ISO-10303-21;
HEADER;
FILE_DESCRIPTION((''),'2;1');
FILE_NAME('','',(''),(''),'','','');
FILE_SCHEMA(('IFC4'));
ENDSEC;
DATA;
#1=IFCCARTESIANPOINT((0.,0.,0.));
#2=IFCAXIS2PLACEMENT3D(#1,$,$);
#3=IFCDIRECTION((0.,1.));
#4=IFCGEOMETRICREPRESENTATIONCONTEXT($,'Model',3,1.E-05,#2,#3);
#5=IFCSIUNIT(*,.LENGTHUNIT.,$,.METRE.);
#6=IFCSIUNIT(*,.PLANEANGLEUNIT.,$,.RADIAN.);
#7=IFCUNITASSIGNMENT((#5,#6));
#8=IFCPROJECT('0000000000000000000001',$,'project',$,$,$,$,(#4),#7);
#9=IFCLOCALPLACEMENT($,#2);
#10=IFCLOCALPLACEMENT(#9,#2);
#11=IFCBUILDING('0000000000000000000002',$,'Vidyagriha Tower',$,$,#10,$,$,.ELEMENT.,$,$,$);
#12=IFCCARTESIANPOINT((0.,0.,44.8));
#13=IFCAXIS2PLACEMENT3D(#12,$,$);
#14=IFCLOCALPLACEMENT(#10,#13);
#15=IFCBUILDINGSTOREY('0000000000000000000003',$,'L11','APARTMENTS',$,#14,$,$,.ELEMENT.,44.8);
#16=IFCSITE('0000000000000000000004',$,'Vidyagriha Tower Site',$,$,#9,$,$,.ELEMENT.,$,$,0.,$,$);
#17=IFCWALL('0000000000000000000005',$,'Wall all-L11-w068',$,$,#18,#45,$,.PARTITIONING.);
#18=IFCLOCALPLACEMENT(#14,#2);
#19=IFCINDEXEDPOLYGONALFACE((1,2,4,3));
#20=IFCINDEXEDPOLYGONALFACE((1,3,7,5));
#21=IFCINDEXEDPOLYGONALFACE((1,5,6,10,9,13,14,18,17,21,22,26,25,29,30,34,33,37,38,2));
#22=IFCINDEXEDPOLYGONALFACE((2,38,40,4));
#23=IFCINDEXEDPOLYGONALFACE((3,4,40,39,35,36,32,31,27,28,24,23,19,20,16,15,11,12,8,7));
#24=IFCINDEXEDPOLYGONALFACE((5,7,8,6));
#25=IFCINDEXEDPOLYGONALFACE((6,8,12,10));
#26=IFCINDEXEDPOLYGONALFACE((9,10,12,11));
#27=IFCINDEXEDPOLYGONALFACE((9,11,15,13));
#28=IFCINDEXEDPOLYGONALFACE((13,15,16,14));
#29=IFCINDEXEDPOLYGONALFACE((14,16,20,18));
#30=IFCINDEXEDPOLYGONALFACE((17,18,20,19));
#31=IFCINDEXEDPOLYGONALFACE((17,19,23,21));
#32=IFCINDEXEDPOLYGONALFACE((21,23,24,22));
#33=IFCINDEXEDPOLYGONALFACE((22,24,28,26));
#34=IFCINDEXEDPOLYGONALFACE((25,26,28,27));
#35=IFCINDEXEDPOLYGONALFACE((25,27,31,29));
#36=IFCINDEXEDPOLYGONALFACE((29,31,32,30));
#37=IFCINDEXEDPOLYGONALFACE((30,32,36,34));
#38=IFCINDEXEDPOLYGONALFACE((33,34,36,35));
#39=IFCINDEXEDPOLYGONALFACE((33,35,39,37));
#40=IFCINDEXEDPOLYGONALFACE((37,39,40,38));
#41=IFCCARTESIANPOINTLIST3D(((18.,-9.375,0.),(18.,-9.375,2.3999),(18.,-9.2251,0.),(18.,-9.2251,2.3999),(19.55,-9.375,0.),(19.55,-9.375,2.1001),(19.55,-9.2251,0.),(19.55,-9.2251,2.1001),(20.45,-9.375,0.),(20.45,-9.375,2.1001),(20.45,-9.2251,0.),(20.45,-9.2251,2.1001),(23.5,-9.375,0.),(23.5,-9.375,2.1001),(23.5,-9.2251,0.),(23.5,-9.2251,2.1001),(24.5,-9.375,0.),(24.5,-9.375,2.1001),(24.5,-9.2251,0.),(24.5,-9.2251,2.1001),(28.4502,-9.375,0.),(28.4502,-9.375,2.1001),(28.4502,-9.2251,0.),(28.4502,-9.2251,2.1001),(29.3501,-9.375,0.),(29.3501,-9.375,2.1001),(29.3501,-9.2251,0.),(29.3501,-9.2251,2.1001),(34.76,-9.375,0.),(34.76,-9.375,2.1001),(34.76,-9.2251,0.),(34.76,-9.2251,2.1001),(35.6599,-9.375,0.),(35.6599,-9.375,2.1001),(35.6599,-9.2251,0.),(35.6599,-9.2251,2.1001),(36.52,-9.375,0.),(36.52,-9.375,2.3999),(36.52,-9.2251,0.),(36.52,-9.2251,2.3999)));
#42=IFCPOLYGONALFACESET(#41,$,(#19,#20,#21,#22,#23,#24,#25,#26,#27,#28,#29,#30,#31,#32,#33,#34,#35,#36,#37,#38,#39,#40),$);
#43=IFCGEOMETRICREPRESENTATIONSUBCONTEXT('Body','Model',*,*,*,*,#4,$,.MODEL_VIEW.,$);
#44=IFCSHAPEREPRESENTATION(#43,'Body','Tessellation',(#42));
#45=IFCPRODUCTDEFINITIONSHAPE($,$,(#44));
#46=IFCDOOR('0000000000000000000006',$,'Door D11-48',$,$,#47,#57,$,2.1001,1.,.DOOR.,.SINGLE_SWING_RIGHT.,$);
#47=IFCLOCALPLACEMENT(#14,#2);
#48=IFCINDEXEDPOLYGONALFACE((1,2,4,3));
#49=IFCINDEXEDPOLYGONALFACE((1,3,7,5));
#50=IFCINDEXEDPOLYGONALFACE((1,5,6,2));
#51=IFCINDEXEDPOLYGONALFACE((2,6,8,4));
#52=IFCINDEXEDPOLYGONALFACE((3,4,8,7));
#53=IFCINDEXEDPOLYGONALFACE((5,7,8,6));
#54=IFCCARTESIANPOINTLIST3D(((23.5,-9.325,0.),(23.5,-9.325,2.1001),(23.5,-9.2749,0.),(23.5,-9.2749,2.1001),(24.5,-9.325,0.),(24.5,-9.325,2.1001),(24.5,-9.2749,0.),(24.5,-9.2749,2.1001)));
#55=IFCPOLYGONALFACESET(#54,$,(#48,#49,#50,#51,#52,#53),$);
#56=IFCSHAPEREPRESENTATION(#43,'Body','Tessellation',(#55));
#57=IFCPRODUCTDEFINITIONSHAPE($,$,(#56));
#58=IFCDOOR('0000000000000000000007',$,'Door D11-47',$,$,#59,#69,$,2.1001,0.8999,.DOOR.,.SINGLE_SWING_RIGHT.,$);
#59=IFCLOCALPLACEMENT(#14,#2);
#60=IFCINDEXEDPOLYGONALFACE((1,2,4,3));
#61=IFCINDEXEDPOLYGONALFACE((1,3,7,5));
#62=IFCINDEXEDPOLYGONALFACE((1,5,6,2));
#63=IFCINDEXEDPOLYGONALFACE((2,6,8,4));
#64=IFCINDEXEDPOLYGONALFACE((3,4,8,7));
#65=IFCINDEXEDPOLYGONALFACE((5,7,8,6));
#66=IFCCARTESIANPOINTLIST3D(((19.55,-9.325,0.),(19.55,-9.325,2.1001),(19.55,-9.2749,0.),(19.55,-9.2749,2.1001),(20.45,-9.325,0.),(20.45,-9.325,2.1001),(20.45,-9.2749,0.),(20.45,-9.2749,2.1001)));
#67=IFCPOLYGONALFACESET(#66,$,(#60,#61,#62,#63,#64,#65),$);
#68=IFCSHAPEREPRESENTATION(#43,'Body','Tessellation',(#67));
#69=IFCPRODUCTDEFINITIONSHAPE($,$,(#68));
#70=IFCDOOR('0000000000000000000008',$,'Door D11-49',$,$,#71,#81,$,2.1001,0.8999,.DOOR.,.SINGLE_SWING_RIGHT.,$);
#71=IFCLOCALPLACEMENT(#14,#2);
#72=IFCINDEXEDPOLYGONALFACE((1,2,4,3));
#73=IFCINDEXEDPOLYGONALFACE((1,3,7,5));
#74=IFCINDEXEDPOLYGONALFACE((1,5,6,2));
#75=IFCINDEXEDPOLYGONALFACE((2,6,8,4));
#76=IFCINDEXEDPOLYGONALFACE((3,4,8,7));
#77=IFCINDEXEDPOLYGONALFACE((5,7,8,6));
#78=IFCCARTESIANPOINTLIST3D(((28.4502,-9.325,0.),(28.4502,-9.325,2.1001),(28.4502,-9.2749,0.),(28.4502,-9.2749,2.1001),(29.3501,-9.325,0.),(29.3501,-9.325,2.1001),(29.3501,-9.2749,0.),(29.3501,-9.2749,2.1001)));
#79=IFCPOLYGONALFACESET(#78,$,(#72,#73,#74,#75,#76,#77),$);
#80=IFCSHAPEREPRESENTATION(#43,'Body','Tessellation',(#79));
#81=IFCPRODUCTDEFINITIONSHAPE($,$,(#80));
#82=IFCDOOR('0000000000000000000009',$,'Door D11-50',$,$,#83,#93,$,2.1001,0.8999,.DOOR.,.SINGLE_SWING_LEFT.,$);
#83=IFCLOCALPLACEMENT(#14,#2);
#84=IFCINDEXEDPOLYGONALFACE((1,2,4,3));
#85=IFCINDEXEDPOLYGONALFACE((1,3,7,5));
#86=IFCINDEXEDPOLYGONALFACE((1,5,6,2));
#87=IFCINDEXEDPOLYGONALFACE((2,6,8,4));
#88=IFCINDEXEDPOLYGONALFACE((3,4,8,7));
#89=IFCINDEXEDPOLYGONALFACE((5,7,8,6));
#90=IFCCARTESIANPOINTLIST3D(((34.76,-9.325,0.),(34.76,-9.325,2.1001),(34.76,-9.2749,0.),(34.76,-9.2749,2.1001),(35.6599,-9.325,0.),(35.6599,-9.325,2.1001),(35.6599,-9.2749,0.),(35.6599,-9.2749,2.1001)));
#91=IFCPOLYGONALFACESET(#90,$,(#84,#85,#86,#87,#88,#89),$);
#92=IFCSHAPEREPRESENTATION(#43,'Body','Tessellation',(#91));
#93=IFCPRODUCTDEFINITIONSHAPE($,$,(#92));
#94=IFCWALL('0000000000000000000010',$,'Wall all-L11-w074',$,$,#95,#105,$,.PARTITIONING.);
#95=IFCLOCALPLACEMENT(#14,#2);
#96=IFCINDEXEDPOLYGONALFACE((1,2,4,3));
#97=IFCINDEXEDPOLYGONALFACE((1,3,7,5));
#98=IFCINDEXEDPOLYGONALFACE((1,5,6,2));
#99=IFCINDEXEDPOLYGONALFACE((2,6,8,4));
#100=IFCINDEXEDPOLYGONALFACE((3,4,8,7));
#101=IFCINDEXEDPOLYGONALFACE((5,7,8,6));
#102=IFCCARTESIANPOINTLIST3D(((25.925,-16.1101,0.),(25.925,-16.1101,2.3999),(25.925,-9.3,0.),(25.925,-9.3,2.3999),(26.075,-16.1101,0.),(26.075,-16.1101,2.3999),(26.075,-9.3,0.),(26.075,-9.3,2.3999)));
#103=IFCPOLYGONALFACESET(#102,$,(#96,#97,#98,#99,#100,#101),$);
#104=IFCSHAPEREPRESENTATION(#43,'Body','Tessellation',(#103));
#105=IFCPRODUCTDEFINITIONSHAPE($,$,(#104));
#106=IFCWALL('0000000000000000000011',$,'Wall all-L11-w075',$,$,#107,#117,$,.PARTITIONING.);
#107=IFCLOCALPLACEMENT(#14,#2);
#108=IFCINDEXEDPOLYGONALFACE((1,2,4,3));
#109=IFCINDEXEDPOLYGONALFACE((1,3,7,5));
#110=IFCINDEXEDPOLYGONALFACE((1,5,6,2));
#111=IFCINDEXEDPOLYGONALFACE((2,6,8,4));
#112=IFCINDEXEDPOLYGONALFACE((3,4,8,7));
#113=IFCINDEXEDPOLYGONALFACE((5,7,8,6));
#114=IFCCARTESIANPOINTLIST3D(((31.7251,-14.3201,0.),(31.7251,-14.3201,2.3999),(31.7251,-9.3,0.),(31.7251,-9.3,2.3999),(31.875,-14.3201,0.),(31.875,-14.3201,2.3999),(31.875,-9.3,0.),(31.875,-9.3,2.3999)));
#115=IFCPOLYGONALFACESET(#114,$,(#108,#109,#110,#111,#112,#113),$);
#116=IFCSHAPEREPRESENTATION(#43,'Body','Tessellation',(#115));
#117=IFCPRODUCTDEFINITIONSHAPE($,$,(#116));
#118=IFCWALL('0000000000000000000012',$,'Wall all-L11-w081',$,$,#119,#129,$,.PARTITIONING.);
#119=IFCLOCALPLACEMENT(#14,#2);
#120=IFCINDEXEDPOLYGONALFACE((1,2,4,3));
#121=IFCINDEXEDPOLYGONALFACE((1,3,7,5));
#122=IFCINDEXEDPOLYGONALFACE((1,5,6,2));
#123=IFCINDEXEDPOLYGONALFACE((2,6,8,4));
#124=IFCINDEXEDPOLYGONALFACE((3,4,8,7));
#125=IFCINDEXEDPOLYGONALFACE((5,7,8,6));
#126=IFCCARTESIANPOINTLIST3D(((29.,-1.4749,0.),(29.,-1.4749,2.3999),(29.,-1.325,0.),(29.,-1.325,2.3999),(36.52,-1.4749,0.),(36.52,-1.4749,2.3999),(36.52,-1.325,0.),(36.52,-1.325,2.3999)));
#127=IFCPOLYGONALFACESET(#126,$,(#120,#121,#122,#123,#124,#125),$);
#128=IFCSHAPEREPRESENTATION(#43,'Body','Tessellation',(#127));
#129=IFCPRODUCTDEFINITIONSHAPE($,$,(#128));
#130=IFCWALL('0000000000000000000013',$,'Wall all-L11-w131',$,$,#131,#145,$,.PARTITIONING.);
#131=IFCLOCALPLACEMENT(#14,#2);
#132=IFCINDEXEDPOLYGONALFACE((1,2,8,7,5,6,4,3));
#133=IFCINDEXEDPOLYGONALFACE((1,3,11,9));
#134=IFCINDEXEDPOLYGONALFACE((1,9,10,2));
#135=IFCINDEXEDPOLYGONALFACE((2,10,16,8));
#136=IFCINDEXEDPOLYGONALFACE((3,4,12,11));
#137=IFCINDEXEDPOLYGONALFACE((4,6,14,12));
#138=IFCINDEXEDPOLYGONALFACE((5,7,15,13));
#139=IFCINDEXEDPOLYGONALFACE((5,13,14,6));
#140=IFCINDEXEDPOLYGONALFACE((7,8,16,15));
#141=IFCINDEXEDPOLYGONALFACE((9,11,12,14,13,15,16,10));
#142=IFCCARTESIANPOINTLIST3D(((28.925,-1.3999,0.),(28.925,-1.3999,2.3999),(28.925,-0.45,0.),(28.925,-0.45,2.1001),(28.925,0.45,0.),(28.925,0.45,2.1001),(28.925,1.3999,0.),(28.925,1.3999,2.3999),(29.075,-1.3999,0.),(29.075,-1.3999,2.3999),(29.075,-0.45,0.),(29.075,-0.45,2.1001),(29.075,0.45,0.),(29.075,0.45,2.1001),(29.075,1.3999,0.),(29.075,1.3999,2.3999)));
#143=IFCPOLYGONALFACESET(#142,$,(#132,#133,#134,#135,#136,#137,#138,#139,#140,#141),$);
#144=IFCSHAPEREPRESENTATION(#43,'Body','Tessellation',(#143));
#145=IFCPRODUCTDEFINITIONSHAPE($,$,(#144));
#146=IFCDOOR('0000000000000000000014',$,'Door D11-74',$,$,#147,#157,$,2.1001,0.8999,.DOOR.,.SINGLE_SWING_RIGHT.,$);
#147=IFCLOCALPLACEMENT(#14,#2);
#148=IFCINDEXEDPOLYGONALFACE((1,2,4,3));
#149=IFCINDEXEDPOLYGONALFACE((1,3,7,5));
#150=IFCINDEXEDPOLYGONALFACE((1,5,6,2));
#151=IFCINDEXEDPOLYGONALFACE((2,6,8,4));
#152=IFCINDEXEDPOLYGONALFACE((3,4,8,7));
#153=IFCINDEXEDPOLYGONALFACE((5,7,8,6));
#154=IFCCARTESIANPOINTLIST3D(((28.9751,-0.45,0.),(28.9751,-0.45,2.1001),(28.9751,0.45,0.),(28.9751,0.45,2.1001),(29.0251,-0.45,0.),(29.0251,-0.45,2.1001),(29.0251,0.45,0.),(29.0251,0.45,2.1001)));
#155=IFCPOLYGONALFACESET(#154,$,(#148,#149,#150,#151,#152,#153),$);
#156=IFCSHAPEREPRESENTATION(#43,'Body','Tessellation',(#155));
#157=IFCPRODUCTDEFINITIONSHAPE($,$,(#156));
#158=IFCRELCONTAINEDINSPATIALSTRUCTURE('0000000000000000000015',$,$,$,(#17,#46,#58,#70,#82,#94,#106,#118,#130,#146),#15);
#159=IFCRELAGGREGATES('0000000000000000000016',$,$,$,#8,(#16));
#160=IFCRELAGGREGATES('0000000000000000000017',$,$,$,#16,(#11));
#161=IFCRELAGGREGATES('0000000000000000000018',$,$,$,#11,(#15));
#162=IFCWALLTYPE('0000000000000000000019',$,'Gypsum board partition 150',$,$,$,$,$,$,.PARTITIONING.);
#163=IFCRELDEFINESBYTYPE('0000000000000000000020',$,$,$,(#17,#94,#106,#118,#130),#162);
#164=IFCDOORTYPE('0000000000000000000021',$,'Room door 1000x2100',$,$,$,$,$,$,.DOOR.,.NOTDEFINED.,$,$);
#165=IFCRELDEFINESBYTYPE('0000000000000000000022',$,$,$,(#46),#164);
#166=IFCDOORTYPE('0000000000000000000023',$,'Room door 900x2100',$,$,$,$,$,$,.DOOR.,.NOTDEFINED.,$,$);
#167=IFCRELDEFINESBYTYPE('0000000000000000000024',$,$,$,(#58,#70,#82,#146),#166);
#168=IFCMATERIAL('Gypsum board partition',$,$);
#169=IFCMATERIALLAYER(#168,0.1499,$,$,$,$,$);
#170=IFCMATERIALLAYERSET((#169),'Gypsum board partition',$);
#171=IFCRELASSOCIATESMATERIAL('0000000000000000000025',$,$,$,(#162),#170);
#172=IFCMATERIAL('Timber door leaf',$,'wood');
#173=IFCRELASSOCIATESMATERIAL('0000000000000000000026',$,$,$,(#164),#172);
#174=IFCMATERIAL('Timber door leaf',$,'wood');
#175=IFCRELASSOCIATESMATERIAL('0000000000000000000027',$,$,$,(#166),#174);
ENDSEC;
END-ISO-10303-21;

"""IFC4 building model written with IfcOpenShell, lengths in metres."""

from ifc_helpers import new_model, si_unit, direction, frame, frame_2d, origin, place, context, subcontext, project, spatial, rectangle, extrude, material, layer, layer_set, type_object, element, fill, save


model = new_model("IFC4")

# Units and contexts
model_context = context("Model", 3, precision=1e-05, world=origin(), true_north=direction((0.0, 1.0)))
body_context = subcontext(model_context, "Body", "Model", "MODEL_VIEW")
ifc_project = project(units=[si_unit("LENGTHUNIT", "METRE"), si_unit("PLANEANGLEUNIT", "RADIAN")], contexts=[model_context])

# Site, building, storey
site_placement = place(None, origin())
site = spatial("IfcSite", under=ifc_project, at=site_placement, Name="Vidyagriha Tower Site", CompositionType="ELEMENT", RefElevation=0.0)
building_placement = place(site_placement, origin())
building = spatial("IfcBuilding", under=site, at=building_placement, Name="Vidyagriha Tower", CompositionType="ELEMENT")
storey_placement = place(building_placement, frame((0.0, 0.0, 44.8)))
storey = spatial("IfcBuildingStorey", under=building, at=storey_placement, Name="L11", Description="APARTMENTS", CompositionType="ELEMENT", Elevation=44.8)

# Shared definitions
ifc_material_1 = material(Name="Gypsum board partition")
ifc_layer_1 = layer(ifc_material_1, 0.1499)
ifc_layer_set_1 = layer_set([ifc_layer_1], Name="Gypsum board partition")
wall_type_1 = type_object("IfcWallType", Name="Gypsum board partition 150", PredefinedType="PARTITIONING", material=ifc_layer_set_1)

# Wall, openings, doors
wall_1_placement = place(storey_placement, frame((36.52, -9.3, 0.0), z_axis=(0.0, 0.0, 1.0), x_axis=(-1.0, 0.0, 0.0)))
wall_1 = element("IfcWall", 1, at=wall_1_placement, inside=storey, type_object=wall_type_1, Name="Wall all-L11-w068", PredefinedType="PARTITIONING", context=body_context, shape_type="SweptSolid", body=[
    extrude(rectangle(XDim=18.52, YDim=0.1499, at=frame_2d((9.26, 0.0))), origin(), (0.0, 0.0, 1.0), 2.3999),
])
opening_1_placement = place(wall_1_placement, frame((16.0701, 0.0, 0.0)))
opening_1 = element("IfcOpeningElement", 2, at=opening_1_placement, cuts=wall_1, PredefinedType="OPENING", context=body_context, shape_type="SweptSolid", body=[
    extrude(rectangle(XDim=0.8999, YDim=2.1001, at=frame_2d((0.45, 1.05))), frame((0.0, 0.085, 0.0), z_axis=(0.0, -1.0, 0.0), x_axis=(1.0, 0.0, 0.0)), (0.0, 0.0, 1.0), 0.1699),
])
opening_2_placement = place(wall_1_placement, frame((12.02, 0.0, 0.0)))
opening_2 = element("IfcOpeningElement", 3, at=opening_2_placement, cuts=wall_1, PredefinedType="OPENING", context=body_context, shape_type="SweptSolid", body=[
    extrude(rectangle(XDim=1.0, YDim=2.1001, at=frame_2d((0.5, 1.05))), frame((0.0, 0.085, 0.0), z_axis=(0.0, -1.0, 0.0), x_axis=(1.0, 0.0, 0.0)), (0.0, 0.0, 1.0), 0.1699),
])
opening_3_placement = place(wall_1_placement, frame((7.1699, 0.0, 0.0)))
opening_3 = element("IfcOpeningElement", 4, at=opening_3_placement, cuts=wall_1, PredefinedType="OPENING", context=body_context, shape_type="SweptSolid", body=[
    extrude(rectangle(XDim=0.8999, YDim=2.1001, at=frame_2d((0.45, 1.05))), frame((0.0, 0.085, 0.0), z_axis=(0.0, -1.0, 0.0), x_axis=(1.0, 0.0, 0.0)), (0.0, 0.0, 1.0), 0.1699),
])
opening_4_placement = place(wall_1_placement, frame((0.8601, 0.0, 0.0)))
opening_4 = element("IfcOpeningElement", 5, at=opening_4_placement, cuts=wall_1, PredefinedType="OPENING", context=body_context, shape_type="SweptSolid", body=[
    extrude(rectangle(XDim=0.8999, YDim=2.1001, at=frame_2d((0.45, 1.05))), frame((0.0, 0.085, 0.0), z_axis=(0.0, -1.0, 0.0), x_axis=(1.0, 0.0, 0.0)), (0.0, 0.0, 1.0), 0.1699),
])
ifc_material_2 = material(Name="Timber door leaf", Category="wood")
door_type_1 = type_object("IfcDoorType", Name="Room door 1000x2100", OperationType="NOTDEFINED", PredefinedType="DOOR", material=ifc_material_2)
door_1_placement = place(opening_2_placement, origin())
door_1 = element("IfcDoor", 6, at=door_1_placement, inside=storey, type_object=door_type_1, Name="Door D11-48", OperationType="SINGLE_SWING_RIGHT", OverallHeight=2.1001, OverallWidth=1.0, PredefinedType="DOOR", context=body_context, shape_type="SweptSolid", body=[
    extrude(rectangle(XDim=1.0, YDim=2.1001, at=frame_2d((0.5, 1.05))), frame((0.0, 0.0249, 0.0), z_axis=(0.0, -1.0, 0.0), x_axis=(1.0, 0.0, 0.0)), (0.0, 0.0, 1.0), 0.05),
])
fill(opening_2, door_1)
ifc_material_3 = material(Name="Timber door leaf", Category="wood")
door_type_2 = type_object("IfcDoorType", Name="Room door 900x2100", OperationType="NOTDEFINED", PredefinedType="DOOR", material=ifc_material_3)
door_2_placement = place(opening_1_placement, origin())
door_2 = element("IfcDoor", 7, at=door_2_placement, inside=storey, type_object=door_type_2, Name="Door D11-47", OperationType="SINGLE_SWING_RIGHT", OverallHeight=2.1001, OverallWidth=0.8999, PredefinedType="DOOR", context=body_context, shape_type="SweptSolid", body=[
    extrude(rectangle(XDim=0.8999, YDim=2.1001, at=frame_2d((0.45, 1.05))), frame((0.0, 0.0249, 0.0), z_axis=(0.0, -1.0, 0.0), x_axis=(1.0, 0.0, 0.0)), (0.0, 0.0, 1.0), 0.05),
])
fill(opening_1, door_2)
door_3_placement = place(opening_3_placement, origin())
door_3 = element("IfcDoor", 8, at=door_3_placement, inside=storey, type_object=door_type_2, Name="Door D11-49", OperationType="SINGLE_SWING_RIGHT", OverallHeight=2.1001, OverallWidth=0.8999, PredefinedType="DOOR", context=body_context, shape_type="SweptSolid", body=[
    extrude(rectangle(XDim=0.8999, YDim=2.1001, at=frame_2d((0.45, 1.05))), frame((0.0, 0.0249, 0.0), z_axis=(0.0, -1.0, 0.0), x_axis=(1.0, 0.0, 0.0)), (0.0, 0.0, 1.0), 0.05),
])
fill(opening_3, door_3)
door_4_placement = place(opening_4_placement, origin())
door_4 = element("IfcDoor", 9, at=door_4_placement, inside=storey, type_object=door_type_2, Name="Door D11-50", OperationType="SINGLE_SWING_LEFT", OverallHeight=2.1001, OverallWidth=0.8999, PredefinedType="DOOR", context=body_context, shape_type="SweptSolid", body=[
    extrude(rectangle(XDim=0.8999, YDim=2.1001, at=frame_2d((0.45, 1.05))), frame((0.0, 0.0249, 0.0), z_axis=(0.0, -1.0, 0.0), x_axis=(1.0, 0.0, 0.0)), (0.0, 0.0, 1.0), 0.05),
])
fill(opening_4, door_4)

# Walls
wall_2_placement = place(storey_placement, frame((26.0, -9.3, 0.0), z_axis=(0.0, 0.0, 1.0), x_axis=(0.0, -1.0, 0.0)))
element("IfcWall", 10, at=wall_2_placement, inside=storey, type_object=wall_type_1, Name="Wall all-L11-w074", PredefinedType="PARTITIONING", context=body_context, shape_type="SweptSolid", body=[
    extrude(rectangle(XDim=6.8101, YDim=0.1499, at=frame_2d((3.405, 0.0))), origin(), (0.0, 0.0, 1.0), 2.3999),
])
wall_3_placement = place(storey_placement, frame((31.8, -9.3, 0.0), z_axis=(0.0, 0.0, 1.0), x_axis=(0.0, -1.0, 0.0)))
element("IfcWall", 11, at=wall_3_placement, inside=storey, type_object=wall_type_1, Name="Wall all-L11-w075", PredefinedType="PARTITIONING", context=body_context, shape_type="SweptSolid", body=[
    extrude(rectangle(XDim=5.02, YDim=0.1499, at=frame_2d((2.51, 0.0))), origin(), (0.0, 0.0, 1.0), 2.3999),
])
wall_4_placement = place(storey_placement, frame((36.52, -1.3999, 0.0), z_axis=(0.0, 0.0, 1.0), x_axis=(-1.0, 0.0, 0.0)))
element("IfcWall", 12, at=wall_4_placement, inside=storey, type_object=wall_type_1, Name="Wall all-L11-w081", PredefinedType="PARTITIONING", context=body_context, shape_type="SweptSolid", body=[
    extrude(rectangle(XDim=7.52, YDim=0.1499, at=frame_2d((3.76, 0.0))), origin(), (0.0, 0.0, 1.0), 2.3999),
])

# Wall, opening, door
wall_5_placement = place(storey_placement, frame((29.0, -1.3999, 0.0), z_axis=(0.0, 0.0, 1.0), x_axis=(0.0, 1.0, 0.0)))
wall_5 = element("IfcWall", 13, at=wall_5_placement, inside=storey, type_object=wall_type_1, Name="Wall all-L11-w131", PredefinedType="PARTITIONING", context=body_context, shape_type="SweptSolid", body=[
    extrude(rectangle(XDim=2.7998, YDim=0.1499, at=frame_2d((1.3999, 0.0))), origin(), (0.0, 0.0, 1.0), 2.3999),
])
opening_5_placement = place(wall_5_placement, frame((0.95, 0.0, 0.0)))
opening_5 = element("IfcOpeningElement", 14, at=opening_5_placement, cuts=wall_5, PredefinedType="OPENING", context=body_context, shape_type="SweptSolid", body=[
    extrude(rectangle(XDim=0.8999, YDim=2.1001, at=frame_2d((0.45, 1.05))), frame((0.0, 0.085, 0.0), z_axis=(0.0, -1.0, 0.0), x_axis=(1.0, 0.0, 0.0)), (0.0, 0.0, 1.0), 0.1699),
])
door_5_placement = place(opening_5_placement, origin())
door_5 = element("IfcDoor", 15, at=door_5_placement, inside=storey, type_object=door_type_2, Name="Door D11-74", OperationType="SINGLE_SWING_RIGHT", OverallHeight=2.1001, OverallWidth=0.8999, PredefinedType="DOOR", context=body_context, shape_type="SweptSolid", body=[
    extrude(rectangle(XDim=0.8999, YDim=2.1001, at=frame_2d((0.45, 1.05))), frame((0.0, 0.0249, 0.0), z_axis=(0.0, -1.0, 0.0), x_axis=(1.0, 0.0, 0.0)), (0.0, 0.0, 1.0), 0.05),
])
fill(opening_5, door_5)

save(model, "model.ifc")
